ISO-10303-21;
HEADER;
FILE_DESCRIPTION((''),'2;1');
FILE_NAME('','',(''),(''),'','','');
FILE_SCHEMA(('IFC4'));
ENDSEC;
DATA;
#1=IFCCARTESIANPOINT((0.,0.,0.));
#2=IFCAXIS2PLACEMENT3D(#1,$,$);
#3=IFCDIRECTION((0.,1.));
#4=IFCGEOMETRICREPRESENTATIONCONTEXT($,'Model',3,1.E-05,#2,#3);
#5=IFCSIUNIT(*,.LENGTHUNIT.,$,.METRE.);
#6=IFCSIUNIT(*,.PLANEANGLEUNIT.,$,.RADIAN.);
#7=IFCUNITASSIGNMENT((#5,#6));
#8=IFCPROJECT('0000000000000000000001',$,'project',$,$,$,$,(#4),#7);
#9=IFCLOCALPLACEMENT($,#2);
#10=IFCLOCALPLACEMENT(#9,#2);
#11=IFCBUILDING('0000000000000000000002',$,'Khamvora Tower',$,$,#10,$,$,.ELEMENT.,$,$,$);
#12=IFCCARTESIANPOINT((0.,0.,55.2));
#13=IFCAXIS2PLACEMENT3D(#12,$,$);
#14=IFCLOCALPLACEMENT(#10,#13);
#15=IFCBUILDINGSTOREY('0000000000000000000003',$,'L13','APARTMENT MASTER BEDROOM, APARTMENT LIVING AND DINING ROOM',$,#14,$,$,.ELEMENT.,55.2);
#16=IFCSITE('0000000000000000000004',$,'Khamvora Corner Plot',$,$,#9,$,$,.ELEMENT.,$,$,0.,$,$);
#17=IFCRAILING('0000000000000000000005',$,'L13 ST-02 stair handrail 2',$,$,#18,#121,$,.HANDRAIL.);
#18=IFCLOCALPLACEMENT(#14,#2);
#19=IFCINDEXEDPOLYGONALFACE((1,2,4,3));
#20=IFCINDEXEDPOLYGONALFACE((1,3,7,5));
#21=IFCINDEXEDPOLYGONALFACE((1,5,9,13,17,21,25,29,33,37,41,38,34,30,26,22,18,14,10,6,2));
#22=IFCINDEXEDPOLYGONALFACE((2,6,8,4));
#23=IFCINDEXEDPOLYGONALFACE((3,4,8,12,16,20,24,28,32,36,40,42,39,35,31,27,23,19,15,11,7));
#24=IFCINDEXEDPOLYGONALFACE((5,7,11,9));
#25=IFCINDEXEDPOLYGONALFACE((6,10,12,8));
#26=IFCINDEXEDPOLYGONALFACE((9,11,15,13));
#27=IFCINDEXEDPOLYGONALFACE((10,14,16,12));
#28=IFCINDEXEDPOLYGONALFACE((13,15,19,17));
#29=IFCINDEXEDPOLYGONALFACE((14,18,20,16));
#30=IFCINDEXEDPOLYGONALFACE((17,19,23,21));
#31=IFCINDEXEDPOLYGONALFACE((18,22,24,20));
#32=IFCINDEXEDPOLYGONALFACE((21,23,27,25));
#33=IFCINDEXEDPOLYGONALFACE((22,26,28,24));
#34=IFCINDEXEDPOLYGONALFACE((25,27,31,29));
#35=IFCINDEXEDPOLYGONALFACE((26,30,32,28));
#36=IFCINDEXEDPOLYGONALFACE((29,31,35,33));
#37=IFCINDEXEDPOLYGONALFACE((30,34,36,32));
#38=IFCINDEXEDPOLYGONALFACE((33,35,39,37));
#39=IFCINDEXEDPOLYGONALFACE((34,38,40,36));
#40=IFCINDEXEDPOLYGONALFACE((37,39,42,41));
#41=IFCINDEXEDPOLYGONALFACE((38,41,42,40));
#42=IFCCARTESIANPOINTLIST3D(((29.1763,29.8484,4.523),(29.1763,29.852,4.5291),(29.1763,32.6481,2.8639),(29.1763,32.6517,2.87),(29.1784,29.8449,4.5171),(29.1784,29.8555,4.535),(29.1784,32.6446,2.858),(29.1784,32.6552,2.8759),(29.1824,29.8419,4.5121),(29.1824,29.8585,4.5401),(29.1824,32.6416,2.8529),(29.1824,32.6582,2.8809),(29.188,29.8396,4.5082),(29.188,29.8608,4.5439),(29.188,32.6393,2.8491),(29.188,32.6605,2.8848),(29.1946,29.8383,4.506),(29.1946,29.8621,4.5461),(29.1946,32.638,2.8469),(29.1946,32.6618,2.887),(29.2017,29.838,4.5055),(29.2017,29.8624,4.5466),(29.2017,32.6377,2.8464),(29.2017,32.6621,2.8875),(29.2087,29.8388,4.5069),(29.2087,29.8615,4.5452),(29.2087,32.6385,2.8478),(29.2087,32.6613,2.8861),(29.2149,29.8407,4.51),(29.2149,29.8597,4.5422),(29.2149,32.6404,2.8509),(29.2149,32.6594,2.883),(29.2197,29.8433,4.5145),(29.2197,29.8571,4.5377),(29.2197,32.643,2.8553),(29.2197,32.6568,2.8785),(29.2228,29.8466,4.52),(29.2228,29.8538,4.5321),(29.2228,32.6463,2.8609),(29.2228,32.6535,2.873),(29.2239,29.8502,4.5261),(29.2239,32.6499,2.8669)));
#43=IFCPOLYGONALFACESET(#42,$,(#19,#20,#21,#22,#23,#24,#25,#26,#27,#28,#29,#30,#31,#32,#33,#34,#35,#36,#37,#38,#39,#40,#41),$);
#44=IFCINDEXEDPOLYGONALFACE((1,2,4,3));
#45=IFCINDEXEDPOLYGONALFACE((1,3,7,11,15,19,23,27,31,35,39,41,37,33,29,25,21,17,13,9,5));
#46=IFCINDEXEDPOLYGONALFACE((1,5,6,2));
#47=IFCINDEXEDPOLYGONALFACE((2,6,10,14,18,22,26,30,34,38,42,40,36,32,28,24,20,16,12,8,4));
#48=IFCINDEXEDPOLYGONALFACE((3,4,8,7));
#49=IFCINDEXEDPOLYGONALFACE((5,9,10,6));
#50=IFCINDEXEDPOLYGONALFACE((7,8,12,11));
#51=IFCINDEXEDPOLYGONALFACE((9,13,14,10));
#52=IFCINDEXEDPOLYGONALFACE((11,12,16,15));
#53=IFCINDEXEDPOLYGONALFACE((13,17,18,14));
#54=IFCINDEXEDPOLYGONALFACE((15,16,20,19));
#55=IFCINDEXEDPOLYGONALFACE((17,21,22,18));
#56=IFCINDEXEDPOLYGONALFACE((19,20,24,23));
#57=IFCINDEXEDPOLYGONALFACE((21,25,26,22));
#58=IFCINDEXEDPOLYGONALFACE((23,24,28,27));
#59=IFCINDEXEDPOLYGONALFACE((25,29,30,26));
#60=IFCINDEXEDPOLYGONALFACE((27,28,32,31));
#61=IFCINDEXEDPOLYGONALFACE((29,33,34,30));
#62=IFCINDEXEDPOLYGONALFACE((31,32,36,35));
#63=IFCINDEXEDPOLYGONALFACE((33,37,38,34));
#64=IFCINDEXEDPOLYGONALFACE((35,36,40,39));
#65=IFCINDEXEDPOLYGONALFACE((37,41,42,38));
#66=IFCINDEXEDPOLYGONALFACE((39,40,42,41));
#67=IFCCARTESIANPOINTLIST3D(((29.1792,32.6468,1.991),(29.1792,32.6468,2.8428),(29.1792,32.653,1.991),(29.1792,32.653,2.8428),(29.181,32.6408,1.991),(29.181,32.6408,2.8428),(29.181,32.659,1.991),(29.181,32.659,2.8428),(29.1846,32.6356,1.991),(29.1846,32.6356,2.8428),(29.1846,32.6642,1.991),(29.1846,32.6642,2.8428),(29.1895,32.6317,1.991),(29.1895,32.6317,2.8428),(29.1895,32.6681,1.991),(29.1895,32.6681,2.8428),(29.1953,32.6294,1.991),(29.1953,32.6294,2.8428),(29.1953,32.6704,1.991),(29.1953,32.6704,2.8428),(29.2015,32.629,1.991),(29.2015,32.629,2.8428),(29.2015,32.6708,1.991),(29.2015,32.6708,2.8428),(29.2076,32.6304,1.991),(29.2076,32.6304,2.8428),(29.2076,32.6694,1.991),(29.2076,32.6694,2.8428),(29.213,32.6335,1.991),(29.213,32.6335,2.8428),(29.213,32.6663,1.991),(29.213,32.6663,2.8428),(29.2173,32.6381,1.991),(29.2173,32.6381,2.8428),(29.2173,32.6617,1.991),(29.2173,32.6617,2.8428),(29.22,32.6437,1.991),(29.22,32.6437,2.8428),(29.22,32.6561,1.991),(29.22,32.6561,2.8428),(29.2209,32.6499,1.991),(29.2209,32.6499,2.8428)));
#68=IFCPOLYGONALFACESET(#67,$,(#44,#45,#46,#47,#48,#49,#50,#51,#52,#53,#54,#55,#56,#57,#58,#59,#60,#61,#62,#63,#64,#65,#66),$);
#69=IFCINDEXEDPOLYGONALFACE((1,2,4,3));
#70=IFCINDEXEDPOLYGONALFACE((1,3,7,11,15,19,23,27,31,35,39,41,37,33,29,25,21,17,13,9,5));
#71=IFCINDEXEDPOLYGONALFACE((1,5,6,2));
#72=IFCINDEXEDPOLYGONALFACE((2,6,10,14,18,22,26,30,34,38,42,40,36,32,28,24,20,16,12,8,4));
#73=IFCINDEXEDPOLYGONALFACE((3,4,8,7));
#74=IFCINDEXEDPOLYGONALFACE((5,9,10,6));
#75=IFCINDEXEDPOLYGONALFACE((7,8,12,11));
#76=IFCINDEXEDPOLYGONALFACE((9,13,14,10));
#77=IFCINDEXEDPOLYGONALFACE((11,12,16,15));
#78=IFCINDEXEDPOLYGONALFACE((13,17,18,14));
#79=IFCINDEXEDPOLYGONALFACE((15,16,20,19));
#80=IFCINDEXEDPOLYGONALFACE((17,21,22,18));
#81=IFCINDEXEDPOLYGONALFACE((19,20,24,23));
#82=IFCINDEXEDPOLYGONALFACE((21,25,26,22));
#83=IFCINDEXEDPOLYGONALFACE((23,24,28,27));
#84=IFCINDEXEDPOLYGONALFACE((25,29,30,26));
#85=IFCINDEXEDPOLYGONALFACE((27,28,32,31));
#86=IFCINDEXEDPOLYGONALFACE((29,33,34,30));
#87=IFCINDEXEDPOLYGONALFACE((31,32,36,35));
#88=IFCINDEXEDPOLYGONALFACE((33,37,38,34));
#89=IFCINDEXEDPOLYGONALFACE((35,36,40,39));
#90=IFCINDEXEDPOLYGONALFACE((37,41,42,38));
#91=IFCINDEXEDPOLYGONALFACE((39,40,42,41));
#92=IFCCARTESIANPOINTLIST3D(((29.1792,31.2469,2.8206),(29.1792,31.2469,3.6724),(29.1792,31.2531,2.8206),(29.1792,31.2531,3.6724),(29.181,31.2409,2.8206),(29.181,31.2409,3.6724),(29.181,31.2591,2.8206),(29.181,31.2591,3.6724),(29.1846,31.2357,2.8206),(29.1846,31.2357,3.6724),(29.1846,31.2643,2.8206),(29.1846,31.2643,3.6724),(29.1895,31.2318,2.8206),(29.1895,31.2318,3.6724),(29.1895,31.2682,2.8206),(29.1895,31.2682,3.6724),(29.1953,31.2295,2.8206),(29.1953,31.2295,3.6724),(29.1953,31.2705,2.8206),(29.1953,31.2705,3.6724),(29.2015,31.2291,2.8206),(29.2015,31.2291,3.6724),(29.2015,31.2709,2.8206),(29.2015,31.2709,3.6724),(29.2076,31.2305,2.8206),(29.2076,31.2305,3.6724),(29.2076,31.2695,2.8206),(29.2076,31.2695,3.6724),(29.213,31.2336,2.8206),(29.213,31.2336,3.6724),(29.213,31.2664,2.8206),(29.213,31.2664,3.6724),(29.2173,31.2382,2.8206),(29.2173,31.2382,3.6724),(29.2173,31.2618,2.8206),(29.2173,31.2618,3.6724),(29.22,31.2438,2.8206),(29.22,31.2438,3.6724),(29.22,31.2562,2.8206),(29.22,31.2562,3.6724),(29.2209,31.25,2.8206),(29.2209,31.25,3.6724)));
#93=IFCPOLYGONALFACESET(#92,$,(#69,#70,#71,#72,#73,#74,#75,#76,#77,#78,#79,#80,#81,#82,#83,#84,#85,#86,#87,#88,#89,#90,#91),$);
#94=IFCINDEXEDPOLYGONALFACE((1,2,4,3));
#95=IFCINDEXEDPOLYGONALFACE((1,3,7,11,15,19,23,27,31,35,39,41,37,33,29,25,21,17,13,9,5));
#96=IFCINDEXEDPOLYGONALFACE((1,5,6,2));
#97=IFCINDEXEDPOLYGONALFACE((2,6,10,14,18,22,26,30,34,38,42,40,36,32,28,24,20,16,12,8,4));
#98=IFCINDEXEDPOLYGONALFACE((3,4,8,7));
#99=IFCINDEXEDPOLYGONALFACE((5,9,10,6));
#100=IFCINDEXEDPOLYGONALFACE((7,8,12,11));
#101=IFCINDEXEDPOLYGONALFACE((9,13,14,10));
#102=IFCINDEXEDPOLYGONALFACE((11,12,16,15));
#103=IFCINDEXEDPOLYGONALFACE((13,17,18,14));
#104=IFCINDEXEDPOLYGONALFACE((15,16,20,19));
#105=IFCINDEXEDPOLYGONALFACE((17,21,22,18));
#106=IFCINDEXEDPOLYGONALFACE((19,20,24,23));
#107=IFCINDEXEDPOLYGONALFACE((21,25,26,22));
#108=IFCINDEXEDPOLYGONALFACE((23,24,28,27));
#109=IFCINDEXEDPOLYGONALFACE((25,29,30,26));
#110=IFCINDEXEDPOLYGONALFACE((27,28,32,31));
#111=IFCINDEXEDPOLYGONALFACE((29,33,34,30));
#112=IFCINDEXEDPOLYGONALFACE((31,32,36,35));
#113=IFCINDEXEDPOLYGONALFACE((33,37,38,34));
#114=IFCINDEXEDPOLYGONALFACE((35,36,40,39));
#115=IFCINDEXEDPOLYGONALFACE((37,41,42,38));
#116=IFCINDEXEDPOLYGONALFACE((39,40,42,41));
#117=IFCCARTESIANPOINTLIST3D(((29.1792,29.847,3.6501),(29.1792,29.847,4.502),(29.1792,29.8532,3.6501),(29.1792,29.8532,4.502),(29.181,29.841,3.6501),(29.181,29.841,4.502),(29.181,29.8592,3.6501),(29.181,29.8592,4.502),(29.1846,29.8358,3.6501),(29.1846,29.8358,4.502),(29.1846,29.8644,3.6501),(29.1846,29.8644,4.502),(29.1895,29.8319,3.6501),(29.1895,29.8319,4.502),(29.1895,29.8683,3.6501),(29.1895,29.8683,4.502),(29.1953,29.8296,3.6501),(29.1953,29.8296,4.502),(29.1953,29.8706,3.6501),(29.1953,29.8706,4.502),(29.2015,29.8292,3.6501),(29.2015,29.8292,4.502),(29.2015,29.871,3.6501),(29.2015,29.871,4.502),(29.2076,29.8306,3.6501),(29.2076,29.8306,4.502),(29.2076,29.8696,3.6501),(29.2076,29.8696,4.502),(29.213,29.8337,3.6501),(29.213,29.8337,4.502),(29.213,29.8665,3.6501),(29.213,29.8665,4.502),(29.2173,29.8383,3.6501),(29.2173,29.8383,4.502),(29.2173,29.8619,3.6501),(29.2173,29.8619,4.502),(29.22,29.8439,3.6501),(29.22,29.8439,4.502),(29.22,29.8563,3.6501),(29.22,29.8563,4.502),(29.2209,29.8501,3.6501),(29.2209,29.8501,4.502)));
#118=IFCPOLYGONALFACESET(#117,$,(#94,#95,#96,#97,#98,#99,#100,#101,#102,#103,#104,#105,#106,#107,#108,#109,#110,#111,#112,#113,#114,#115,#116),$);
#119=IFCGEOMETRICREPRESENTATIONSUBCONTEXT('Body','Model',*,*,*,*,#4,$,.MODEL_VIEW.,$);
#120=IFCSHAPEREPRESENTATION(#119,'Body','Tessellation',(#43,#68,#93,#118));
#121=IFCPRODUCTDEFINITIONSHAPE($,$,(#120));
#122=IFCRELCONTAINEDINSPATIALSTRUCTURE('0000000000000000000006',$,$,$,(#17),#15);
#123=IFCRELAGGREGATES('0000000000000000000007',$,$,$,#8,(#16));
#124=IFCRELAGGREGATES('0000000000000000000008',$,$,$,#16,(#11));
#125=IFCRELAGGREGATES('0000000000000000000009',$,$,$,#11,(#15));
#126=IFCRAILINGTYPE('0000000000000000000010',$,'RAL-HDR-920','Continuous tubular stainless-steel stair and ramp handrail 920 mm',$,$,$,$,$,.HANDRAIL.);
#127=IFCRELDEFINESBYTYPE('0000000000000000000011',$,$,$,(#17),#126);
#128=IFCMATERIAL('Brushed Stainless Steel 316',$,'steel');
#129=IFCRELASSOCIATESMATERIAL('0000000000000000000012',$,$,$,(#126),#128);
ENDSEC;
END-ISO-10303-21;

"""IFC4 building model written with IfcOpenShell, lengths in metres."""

from ifc_helpers import new_model, si_unit, direction, frame, origin, origin_2d, place, context, subcontext, project, spatial, circle, extrude, material, type_object, element, save


model = new_model("IFC4")

# Units and contexts
model_context = context("Model", 3, precision=1e-05, world=origin(), true_north=direction((0.0, 1.0)))
body_context = subcontext(model_context, "Body", "Model", "MODEL_VIEW")
ifc_project = project(units=[si_unit("LENGTHUNIT", "METRE"), si_unit("PLANEANGLEUNIT", "RADIAN")], contexts=[model_context])

# Site, building, storey
site_placement = place(None, origin())
site = spatial("IfcSite", under=ifc_project, at=site_placement, Name="Khamvora Corner Plot", CompositionType="ELEMENT", RefElevation=0.0)
building_placement = place(site_placement, origin())
building = spatial("IfcBuilding", under=site, at=building_placement, Name="Khamvora Tower", CompositionType="ELEMENT")
storey_placement = place(building_placement, frame((0.0, 0.0, 55.2)))
storey = spatial("IfcBuildingStorey", under=building, at=storey_placement, Name="L13", Description="APARTMENT MASTER BEDROOM, APARTMENT LIVING AND DINING ROOM", CompositionType="ELEMENT", Elevation=55.2)

# Railing
ifc_material_1 = material(Name="Brushed Stainless Steel 316", Category="steel")
railing_type_1 = type_object("IfcRailingType", Name="RAL-HDR-920", Description="Continuous tubular stainless-steel stair and ramp handrail 920 mm", PredefinedType="HANDRAIL", material=ifc_material_1)
railing_1_placement = place(storey_placement, frame((29.2, 32.6499, 1.991)))
element("IfcRailing", 1, at=railing_1_placement, inside=storey, type_object=railing_type_1, Name="L13 ST-02 stair handrail 2", PredefinedType="HANDRAIL", context=body_context, shape_type="SweptSolid", body=[
    extrude(circle(Radius=0.0239, at=origin_2d()), frame((0.0, 0.0, 0.876), z_axis=(0.0, -0.860287, 0.509811), x_axis=(1.0, 0.0, 0.0)), (0.0, 0.0, 1.0), 3.2544),
    extrude(circle(Radius=0.021, at=origin_2d()), origin(), (0.0, 0.0, 1.0), 0.8518),
    extrude(circle(Radius=0.021, at=origin_2d()), frame((0.0, -1.3999, 0.8296)), (0.0, 0.0, 1.0), 0.8518),
    extrude(circle(Radius=0.021, at=origin_2d()), frame((0.0, -2.7998, 1.6592)), (0.0, 0.0, 1.0), 0.8518),
])

save(model, "model.ifc")
